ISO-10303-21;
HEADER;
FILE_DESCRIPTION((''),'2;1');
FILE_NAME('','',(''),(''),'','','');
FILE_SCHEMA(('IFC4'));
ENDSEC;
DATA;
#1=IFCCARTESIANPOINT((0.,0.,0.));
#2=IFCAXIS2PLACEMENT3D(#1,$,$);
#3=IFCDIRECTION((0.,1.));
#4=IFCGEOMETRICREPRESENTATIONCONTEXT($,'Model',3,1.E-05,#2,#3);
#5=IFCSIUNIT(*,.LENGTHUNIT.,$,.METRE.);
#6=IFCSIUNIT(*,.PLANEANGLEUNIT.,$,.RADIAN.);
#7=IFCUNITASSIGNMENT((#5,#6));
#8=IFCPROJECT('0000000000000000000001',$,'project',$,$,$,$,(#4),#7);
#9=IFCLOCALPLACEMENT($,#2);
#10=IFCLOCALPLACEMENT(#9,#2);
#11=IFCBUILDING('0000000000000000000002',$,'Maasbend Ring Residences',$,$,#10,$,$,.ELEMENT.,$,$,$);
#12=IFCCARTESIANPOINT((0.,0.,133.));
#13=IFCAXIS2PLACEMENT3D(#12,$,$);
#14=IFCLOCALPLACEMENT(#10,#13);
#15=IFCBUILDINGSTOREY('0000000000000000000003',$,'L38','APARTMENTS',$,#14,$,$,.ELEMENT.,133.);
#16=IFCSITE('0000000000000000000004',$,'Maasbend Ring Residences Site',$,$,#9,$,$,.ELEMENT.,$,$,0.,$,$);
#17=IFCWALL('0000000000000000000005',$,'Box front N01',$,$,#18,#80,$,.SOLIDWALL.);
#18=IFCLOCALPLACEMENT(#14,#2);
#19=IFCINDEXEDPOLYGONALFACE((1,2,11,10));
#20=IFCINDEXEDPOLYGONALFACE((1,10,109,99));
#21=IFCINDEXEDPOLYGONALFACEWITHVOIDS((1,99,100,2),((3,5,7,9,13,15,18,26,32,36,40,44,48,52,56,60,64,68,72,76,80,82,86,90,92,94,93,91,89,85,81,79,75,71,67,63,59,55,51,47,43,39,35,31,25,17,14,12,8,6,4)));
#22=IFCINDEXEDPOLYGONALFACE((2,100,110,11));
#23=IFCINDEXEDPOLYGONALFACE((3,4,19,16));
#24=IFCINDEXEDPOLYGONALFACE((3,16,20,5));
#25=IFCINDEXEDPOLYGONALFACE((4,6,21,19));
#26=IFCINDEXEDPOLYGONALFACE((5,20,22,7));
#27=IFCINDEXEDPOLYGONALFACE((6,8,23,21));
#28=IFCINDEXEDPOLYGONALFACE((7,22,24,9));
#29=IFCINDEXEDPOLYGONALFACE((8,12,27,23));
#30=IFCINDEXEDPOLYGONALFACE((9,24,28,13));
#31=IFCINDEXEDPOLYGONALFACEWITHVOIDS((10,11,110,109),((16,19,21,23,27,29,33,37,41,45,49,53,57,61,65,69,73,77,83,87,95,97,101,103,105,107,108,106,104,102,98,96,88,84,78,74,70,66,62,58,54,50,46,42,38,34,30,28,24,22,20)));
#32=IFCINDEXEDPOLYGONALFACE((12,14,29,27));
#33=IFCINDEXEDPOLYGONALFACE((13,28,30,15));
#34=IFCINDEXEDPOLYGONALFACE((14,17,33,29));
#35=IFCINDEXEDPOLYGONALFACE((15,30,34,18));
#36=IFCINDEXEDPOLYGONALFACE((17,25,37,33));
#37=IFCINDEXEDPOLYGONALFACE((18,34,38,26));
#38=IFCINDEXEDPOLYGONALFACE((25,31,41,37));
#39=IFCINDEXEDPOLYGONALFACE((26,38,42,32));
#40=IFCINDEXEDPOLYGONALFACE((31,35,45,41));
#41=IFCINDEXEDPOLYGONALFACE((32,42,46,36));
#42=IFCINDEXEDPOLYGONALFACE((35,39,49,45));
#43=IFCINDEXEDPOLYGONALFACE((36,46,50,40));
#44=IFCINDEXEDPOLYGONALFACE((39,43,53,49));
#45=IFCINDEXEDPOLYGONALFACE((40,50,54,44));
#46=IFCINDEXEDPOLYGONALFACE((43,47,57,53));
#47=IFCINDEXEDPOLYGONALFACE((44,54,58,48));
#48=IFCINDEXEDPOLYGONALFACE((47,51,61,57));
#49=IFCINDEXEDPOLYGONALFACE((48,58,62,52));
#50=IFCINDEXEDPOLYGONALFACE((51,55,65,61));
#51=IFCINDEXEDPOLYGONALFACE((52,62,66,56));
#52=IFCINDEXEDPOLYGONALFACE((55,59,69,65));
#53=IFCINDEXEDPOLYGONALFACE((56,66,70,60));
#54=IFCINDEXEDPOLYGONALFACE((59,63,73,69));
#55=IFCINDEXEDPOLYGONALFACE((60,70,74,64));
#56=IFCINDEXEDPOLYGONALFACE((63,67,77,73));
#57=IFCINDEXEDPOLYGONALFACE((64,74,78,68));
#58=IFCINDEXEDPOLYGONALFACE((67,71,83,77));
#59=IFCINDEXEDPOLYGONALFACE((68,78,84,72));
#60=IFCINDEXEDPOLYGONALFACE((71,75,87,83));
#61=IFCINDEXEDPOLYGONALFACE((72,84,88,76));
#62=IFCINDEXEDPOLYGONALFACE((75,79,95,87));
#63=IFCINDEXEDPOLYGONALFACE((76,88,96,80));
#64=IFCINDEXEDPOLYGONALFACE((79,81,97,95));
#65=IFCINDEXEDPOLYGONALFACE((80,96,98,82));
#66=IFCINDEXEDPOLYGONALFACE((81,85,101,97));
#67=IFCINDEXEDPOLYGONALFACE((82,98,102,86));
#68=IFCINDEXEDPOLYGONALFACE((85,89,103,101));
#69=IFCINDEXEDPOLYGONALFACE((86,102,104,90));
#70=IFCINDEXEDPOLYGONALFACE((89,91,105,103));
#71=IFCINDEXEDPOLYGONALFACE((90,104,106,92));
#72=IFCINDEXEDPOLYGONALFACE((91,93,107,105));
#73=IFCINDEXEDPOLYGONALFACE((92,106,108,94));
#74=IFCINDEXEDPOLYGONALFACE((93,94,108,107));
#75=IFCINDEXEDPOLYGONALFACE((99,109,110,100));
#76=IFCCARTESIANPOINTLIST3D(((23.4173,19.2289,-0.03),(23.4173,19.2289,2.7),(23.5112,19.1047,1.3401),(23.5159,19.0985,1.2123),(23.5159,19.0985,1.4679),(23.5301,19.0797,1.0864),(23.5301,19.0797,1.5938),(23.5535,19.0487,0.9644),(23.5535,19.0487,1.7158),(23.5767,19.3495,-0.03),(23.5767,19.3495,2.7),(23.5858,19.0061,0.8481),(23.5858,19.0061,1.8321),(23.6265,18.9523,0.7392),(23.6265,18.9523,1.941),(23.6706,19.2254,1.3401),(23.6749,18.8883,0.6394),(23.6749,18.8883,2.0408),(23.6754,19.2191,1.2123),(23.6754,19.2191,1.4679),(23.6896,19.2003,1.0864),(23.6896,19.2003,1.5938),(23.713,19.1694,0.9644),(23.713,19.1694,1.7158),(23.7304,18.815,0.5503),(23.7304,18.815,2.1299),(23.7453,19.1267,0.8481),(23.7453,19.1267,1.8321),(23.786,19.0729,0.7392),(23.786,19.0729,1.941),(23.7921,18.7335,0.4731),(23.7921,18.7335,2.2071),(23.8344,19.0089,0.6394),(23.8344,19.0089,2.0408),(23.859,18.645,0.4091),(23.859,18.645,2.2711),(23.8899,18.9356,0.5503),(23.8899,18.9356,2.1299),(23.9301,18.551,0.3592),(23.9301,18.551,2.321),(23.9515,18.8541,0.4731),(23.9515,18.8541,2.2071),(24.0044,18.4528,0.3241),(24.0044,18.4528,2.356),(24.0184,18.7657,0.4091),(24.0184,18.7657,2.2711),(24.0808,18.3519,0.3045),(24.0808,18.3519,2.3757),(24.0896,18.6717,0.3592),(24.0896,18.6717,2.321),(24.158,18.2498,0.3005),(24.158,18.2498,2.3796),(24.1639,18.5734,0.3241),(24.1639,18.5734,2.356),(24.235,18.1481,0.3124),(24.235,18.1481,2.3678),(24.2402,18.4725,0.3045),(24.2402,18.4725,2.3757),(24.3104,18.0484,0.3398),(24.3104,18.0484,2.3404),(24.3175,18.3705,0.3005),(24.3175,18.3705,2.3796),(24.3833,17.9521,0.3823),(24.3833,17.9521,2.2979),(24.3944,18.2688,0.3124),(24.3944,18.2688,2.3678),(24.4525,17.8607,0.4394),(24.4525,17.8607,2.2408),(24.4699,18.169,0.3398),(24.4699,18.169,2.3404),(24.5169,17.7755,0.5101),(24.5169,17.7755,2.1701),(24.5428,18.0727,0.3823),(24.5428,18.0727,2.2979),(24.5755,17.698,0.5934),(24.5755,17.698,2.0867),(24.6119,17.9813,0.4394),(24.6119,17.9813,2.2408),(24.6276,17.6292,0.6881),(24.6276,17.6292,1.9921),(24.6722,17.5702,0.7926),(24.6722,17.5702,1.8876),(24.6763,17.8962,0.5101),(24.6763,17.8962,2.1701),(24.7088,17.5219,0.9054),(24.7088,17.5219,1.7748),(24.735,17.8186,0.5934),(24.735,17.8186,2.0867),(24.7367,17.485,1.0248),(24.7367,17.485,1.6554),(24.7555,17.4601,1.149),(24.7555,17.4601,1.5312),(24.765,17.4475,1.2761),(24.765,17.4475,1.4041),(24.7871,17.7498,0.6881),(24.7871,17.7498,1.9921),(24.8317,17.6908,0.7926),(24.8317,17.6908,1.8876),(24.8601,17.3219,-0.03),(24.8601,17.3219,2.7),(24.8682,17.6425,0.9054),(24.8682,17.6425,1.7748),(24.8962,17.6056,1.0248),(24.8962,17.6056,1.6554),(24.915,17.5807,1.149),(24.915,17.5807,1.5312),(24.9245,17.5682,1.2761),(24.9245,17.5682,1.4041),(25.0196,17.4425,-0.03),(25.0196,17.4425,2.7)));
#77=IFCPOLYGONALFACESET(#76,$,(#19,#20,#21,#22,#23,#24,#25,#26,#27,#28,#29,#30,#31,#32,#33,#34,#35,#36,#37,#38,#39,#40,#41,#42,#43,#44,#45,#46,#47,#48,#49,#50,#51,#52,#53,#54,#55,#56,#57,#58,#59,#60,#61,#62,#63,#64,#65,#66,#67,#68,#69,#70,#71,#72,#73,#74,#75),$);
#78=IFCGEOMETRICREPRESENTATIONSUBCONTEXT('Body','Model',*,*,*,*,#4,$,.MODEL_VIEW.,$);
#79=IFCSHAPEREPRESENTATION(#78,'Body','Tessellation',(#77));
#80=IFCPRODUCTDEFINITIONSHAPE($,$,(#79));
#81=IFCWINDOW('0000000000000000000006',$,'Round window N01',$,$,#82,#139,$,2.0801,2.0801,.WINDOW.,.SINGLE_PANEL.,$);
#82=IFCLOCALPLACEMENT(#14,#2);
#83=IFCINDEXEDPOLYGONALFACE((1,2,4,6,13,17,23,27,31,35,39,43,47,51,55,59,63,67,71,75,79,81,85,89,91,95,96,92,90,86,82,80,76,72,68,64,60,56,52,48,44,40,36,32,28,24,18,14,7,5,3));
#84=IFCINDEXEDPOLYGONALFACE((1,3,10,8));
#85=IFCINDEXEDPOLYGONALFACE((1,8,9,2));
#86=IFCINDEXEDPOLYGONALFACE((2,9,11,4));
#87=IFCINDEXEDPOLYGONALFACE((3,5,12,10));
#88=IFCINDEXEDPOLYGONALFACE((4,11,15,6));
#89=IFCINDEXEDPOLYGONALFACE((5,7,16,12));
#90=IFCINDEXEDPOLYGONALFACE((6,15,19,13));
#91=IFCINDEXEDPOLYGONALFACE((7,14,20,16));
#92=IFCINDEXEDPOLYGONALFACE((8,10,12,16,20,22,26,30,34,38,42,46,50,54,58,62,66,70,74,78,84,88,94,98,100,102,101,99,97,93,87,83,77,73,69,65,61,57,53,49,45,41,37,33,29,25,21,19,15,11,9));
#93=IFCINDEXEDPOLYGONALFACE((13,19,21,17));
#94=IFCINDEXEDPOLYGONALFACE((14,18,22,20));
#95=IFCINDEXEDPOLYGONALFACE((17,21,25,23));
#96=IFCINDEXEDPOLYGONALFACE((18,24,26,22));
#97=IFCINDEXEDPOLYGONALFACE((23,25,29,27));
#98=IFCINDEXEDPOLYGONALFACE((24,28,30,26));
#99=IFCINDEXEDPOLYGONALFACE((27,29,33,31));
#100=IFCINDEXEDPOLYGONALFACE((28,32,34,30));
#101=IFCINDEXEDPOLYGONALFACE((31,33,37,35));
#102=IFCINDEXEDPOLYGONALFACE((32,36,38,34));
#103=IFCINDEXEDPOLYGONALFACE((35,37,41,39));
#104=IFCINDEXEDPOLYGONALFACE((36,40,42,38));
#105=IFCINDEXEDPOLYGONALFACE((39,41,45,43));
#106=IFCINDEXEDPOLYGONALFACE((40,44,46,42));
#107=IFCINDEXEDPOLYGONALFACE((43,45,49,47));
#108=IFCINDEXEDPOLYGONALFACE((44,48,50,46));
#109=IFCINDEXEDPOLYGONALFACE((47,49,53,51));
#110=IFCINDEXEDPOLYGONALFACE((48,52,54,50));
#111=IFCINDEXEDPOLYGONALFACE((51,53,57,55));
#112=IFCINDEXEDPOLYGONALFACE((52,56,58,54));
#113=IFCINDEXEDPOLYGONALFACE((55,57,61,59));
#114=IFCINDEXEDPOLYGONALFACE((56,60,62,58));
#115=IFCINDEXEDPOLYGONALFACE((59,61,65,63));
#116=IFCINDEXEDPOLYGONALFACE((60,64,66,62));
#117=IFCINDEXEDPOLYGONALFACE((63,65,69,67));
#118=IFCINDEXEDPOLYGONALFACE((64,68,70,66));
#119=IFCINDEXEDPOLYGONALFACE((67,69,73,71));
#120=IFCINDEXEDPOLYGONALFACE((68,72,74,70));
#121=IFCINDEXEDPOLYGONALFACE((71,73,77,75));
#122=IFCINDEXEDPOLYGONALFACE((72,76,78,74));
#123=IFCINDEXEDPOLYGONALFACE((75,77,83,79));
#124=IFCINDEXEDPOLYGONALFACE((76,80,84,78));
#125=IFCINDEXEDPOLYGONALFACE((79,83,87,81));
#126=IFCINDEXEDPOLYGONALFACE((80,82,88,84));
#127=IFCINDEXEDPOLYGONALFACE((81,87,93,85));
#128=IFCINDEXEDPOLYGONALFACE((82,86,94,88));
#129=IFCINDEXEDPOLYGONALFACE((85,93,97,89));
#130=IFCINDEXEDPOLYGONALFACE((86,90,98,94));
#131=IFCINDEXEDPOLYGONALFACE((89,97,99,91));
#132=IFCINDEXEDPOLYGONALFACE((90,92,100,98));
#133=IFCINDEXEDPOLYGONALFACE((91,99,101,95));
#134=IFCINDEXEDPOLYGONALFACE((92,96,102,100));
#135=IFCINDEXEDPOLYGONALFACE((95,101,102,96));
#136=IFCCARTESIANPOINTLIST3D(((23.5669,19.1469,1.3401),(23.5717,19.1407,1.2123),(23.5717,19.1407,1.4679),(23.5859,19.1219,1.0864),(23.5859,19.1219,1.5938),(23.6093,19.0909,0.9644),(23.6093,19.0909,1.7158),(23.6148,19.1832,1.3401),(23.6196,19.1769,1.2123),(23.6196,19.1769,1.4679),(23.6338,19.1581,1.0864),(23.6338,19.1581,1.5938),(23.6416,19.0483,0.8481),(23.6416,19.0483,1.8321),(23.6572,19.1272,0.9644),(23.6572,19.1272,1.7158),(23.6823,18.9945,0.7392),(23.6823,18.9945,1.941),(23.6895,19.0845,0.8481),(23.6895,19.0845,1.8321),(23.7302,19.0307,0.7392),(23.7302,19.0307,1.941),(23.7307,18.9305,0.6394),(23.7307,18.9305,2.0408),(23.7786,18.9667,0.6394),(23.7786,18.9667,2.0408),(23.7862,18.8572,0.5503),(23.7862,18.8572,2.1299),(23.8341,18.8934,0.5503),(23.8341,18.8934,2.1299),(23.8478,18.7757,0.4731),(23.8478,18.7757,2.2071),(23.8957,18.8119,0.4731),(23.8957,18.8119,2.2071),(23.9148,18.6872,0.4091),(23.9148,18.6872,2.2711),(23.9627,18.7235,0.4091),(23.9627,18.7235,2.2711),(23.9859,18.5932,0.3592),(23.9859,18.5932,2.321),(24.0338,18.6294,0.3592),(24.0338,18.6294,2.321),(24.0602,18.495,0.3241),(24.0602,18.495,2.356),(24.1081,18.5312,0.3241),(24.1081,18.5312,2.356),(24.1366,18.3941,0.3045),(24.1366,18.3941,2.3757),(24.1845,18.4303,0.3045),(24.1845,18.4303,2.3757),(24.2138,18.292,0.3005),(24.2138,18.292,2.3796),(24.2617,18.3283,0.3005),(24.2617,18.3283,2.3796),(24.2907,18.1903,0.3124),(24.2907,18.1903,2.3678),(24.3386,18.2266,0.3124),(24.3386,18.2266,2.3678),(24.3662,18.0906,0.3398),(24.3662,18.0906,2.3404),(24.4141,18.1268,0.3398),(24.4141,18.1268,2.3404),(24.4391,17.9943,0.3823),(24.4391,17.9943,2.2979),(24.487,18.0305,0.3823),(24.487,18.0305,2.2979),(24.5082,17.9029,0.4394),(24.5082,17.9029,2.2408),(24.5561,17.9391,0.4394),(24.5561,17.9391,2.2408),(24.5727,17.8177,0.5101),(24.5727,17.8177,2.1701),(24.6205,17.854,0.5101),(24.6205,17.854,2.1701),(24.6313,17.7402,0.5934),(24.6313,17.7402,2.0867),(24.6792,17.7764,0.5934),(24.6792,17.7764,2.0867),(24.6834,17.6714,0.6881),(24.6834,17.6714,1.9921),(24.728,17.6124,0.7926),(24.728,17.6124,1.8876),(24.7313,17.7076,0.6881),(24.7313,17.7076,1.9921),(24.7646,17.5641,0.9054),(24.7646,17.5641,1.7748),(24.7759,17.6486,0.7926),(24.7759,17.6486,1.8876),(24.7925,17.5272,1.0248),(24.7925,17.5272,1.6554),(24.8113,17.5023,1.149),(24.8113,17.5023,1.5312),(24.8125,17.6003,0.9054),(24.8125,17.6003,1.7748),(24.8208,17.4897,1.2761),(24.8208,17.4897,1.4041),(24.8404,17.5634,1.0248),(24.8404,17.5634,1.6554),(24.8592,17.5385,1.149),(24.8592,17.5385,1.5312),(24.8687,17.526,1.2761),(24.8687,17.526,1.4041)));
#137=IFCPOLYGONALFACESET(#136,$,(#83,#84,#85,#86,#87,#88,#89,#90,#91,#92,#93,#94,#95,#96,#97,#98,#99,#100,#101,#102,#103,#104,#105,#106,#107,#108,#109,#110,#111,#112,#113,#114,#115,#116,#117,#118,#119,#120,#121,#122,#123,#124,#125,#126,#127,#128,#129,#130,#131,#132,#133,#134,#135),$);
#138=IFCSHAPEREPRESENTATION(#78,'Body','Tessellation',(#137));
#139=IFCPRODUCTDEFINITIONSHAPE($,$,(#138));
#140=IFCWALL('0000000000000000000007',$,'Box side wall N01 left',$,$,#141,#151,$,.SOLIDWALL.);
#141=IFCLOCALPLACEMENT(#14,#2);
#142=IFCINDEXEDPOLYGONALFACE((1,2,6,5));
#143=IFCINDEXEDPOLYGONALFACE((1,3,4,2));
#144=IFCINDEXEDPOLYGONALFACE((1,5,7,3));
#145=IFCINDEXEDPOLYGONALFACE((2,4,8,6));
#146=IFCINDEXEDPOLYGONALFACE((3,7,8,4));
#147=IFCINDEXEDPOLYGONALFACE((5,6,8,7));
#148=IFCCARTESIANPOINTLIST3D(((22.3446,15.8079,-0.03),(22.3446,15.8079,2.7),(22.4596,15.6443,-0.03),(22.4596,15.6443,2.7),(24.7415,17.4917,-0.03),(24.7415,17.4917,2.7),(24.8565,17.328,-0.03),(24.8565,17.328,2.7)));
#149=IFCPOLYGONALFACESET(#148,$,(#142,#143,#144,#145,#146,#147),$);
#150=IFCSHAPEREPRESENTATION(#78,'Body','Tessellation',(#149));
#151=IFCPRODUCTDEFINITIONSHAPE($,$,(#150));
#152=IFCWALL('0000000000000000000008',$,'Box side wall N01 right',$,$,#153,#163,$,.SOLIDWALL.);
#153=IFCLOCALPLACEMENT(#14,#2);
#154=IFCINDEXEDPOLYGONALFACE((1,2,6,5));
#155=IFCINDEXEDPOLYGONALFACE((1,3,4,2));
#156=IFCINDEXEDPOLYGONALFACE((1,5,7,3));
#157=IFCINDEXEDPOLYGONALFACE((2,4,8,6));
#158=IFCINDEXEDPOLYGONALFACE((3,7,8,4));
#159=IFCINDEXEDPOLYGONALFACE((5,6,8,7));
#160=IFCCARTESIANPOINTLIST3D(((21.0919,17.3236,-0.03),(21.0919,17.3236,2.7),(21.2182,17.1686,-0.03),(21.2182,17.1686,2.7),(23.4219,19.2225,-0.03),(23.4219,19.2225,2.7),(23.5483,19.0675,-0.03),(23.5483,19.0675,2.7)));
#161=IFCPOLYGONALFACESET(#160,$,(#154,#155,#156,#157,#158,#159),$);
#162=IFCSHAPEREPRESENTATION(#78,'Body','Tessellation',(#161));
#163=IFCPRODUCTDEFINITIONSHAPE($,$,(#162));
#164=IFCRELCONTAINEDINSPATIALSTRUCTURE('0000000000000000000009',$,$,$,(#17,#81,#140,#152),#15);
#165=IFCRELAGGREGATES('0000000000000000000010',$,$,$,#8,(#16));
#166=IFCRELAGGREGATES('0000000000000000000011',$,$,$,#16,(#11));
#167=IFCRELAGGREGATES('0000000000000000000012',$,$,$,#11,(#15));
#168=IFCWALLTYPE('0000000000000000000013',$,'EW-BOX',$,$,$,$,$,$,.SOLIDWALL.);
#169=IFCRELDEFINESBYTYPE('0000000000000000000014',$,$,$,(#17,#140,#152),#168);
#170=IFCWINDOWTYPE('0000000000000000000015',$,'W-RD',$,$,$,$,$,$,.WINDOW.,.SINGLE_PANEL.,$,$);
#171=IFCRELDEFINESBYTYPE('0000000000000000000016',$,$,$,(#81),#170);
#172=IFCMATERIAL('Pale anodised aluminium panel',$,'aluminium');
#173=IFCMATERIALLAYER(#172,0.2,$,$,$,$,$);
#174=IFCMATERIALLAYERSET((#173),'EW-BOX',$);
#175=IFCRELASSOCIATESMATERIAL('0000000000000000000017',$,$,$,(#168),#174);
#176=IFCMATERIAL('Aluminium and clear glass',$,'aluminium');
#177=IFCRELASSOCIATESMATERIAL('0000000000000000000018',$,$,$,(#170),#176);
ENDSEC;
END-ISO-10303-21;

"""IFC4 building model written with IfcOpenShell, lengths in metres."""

from ifc_helpers import new_model, si_unit, direction, frame, frame_2d, origin, place, context, subcontext, project, spatial, rectangle, circle, extrude, material, layer, layer_set, type_object, element, fill, save


model = new_model("IFC4")

# Units and contexts
model_context = context("Model", 3, precision=1e-05, world=origin(), true_north=direction((0.0, 1.0)))
body_context = subcontext(model_context, "Body", "Model", "MODEL_VIEW")
ifc_project = project(units=[si_unit("LENGTHUNIT", "METRE"), si_unit("PLANEANGLEUNIT", "RADIAN")], contexts=[model_context])

# Site, building, storey
site_placement = place(None, origin())
site = spatial("IfcSite", under=ifc_project, at=site_placement, Name="Maasbend Ring Residences Site", CompositionType="ELEMENT", RefElevation=0.0)
building_placement = place(site_placement, origin())
building = spatial("IfcBuilding", under=site, at=building_placement, Name="Maasbend Ring Residences", CompositionType="ELEMENT")
storey_placement = place(building_placement, frame((0.0, 0.0, 133.0)))
storey = spatial("IfcBuildingStorey", under=building, at=storey_placement, Name="L38", Description="APARTMENTS", CompositionType="ELEMENT", Elevation=133.0)

# Wall, opening, window
ifc_material_1 = material(Name="Pale anodised aluminium panel", Category="aluminium")
ifc_layer_1 = layer(ifc_material_1, 0.2)
ifc_layer_set_1 = layer_set([ifc_layer_1], Name="EW-BOX")
wall_type_1 = type_object("IfcWallType", Name="EW-BOX", PredefinedType="SOLIDWALL", material=ifc_layer_set_1)
wall_1_placement = place(storey_placement, frame((24.9399, 17.3821, -0.03), z_axis=(0.0, 0.0, 1.0), x_axis=(-0.603376, 0.797457, 0.0)))
wall_1 = element("IfcWall", 1, at=wall_1_placement, inside=storey, type_object=wall_type_1, Name="Box front N01", PredefinedType="SOLIDWALL", context=body_context, shape_type="SweptSolid", body=[
    extrude(rectangle(XDim=2.3914, YDim=0.2, at=frame_2d((1.1958, 0.0))), origin(), (0.0, 0.0, 1.0), 2.73),
])
opening_1_placement = place(wall_1_placement, frame((0.1558, 0.0, 0.3301)))
opening_1 = element("IfcOpeningElement", 2, at=opening_1_placement, cuts=wall_1, PredefinedType="OPENING", context=body_context, shape_type="SweptSolid", body=[
    extrude(circle(Radius=1.04, at=frame_2d((1.04, 1.04))), frame((0.0, 0.1099, 0.0), z_axis=(0.0, -1.0, 0.0), x_axis=(1.0, 0.0, 0.0)), (0.0, 0.0, 1.0), 0.22),
])
ifc_material_2 = material(Name="Aluminium and clear glass", Category="aluminium")
window_type_1 = type_object("IfcWindowType", Name="W-RD", PartitioningType="SINGLE_PANEL", PredefinedType="WINDOW", material=ifc_material_2)
window_1_placement = place(opening_1_placement, origin())
window_1 = element("IfcWindow", 3, at=window_1_placement, inside=storey, type_object=window_type_1, Name="Round window N01", OverallHeight=2.0801, OverallWidth=2.0801, PartitioningType="SINGLE_PANEL", PredefinedType="WINDOW", context=body_context, shape_type="SweptSolid", body=[
    extrude(circle(Radius=1.04, at=frame_2d((1.04, 1.04))), frame((0.0, 0.03, 0.0), z_axis=(0.0, -1.0, 0.0), x_axis=(1.0, 0.0, 0.0)), (0.0, 0.0, 1.0), 0.0601),
])
fill(opening_1, window_1)

# Walls
wall_2_placement = place(storey_placement, frame((22.4021, 15.7261, -0.03), z_axis=(0.0, 0.0, 1.0), x_axis=(0.818275, 0.574826, 0.0)))
element("IfcWall", 4, at=wall_2_placement, inside=storey, type_object=wall_type_1, Name="Box side wall N01 left", PredefinedType="SOLIDWALL", context=body_context, shape_type="SweptSolid", body=[
    extrude(rectangle(XDim=2.9292, YDim=0.2, at=frame_2d((1.4646, 0.0))), origin(), (0.0, 0.0, 1.0), 2.73),
])
wall_3_placement = place(storey_placement, frame((21.155, 17.2461, -0.03), z_axis=(0.0, 0.0, 1.0), x_axis=(0.775179, 0.631742, 0.0)))
element("IfcWall", 5, at=wall_3_placement, inside=storey, type_object=wall_type_1, Name="Box side wall N01 right", PredefinedType="SOLIDWALL", context=body_context, shape_type="SweptSolid", body=[
    extrude(rectangle(XDim=3.0059, YDim=0.2, at=frame_2d((1.5029, 0.0))), origin(), (0.0, 0.0, 1.0), 2.73),
])

save(model, "model.ifc")
